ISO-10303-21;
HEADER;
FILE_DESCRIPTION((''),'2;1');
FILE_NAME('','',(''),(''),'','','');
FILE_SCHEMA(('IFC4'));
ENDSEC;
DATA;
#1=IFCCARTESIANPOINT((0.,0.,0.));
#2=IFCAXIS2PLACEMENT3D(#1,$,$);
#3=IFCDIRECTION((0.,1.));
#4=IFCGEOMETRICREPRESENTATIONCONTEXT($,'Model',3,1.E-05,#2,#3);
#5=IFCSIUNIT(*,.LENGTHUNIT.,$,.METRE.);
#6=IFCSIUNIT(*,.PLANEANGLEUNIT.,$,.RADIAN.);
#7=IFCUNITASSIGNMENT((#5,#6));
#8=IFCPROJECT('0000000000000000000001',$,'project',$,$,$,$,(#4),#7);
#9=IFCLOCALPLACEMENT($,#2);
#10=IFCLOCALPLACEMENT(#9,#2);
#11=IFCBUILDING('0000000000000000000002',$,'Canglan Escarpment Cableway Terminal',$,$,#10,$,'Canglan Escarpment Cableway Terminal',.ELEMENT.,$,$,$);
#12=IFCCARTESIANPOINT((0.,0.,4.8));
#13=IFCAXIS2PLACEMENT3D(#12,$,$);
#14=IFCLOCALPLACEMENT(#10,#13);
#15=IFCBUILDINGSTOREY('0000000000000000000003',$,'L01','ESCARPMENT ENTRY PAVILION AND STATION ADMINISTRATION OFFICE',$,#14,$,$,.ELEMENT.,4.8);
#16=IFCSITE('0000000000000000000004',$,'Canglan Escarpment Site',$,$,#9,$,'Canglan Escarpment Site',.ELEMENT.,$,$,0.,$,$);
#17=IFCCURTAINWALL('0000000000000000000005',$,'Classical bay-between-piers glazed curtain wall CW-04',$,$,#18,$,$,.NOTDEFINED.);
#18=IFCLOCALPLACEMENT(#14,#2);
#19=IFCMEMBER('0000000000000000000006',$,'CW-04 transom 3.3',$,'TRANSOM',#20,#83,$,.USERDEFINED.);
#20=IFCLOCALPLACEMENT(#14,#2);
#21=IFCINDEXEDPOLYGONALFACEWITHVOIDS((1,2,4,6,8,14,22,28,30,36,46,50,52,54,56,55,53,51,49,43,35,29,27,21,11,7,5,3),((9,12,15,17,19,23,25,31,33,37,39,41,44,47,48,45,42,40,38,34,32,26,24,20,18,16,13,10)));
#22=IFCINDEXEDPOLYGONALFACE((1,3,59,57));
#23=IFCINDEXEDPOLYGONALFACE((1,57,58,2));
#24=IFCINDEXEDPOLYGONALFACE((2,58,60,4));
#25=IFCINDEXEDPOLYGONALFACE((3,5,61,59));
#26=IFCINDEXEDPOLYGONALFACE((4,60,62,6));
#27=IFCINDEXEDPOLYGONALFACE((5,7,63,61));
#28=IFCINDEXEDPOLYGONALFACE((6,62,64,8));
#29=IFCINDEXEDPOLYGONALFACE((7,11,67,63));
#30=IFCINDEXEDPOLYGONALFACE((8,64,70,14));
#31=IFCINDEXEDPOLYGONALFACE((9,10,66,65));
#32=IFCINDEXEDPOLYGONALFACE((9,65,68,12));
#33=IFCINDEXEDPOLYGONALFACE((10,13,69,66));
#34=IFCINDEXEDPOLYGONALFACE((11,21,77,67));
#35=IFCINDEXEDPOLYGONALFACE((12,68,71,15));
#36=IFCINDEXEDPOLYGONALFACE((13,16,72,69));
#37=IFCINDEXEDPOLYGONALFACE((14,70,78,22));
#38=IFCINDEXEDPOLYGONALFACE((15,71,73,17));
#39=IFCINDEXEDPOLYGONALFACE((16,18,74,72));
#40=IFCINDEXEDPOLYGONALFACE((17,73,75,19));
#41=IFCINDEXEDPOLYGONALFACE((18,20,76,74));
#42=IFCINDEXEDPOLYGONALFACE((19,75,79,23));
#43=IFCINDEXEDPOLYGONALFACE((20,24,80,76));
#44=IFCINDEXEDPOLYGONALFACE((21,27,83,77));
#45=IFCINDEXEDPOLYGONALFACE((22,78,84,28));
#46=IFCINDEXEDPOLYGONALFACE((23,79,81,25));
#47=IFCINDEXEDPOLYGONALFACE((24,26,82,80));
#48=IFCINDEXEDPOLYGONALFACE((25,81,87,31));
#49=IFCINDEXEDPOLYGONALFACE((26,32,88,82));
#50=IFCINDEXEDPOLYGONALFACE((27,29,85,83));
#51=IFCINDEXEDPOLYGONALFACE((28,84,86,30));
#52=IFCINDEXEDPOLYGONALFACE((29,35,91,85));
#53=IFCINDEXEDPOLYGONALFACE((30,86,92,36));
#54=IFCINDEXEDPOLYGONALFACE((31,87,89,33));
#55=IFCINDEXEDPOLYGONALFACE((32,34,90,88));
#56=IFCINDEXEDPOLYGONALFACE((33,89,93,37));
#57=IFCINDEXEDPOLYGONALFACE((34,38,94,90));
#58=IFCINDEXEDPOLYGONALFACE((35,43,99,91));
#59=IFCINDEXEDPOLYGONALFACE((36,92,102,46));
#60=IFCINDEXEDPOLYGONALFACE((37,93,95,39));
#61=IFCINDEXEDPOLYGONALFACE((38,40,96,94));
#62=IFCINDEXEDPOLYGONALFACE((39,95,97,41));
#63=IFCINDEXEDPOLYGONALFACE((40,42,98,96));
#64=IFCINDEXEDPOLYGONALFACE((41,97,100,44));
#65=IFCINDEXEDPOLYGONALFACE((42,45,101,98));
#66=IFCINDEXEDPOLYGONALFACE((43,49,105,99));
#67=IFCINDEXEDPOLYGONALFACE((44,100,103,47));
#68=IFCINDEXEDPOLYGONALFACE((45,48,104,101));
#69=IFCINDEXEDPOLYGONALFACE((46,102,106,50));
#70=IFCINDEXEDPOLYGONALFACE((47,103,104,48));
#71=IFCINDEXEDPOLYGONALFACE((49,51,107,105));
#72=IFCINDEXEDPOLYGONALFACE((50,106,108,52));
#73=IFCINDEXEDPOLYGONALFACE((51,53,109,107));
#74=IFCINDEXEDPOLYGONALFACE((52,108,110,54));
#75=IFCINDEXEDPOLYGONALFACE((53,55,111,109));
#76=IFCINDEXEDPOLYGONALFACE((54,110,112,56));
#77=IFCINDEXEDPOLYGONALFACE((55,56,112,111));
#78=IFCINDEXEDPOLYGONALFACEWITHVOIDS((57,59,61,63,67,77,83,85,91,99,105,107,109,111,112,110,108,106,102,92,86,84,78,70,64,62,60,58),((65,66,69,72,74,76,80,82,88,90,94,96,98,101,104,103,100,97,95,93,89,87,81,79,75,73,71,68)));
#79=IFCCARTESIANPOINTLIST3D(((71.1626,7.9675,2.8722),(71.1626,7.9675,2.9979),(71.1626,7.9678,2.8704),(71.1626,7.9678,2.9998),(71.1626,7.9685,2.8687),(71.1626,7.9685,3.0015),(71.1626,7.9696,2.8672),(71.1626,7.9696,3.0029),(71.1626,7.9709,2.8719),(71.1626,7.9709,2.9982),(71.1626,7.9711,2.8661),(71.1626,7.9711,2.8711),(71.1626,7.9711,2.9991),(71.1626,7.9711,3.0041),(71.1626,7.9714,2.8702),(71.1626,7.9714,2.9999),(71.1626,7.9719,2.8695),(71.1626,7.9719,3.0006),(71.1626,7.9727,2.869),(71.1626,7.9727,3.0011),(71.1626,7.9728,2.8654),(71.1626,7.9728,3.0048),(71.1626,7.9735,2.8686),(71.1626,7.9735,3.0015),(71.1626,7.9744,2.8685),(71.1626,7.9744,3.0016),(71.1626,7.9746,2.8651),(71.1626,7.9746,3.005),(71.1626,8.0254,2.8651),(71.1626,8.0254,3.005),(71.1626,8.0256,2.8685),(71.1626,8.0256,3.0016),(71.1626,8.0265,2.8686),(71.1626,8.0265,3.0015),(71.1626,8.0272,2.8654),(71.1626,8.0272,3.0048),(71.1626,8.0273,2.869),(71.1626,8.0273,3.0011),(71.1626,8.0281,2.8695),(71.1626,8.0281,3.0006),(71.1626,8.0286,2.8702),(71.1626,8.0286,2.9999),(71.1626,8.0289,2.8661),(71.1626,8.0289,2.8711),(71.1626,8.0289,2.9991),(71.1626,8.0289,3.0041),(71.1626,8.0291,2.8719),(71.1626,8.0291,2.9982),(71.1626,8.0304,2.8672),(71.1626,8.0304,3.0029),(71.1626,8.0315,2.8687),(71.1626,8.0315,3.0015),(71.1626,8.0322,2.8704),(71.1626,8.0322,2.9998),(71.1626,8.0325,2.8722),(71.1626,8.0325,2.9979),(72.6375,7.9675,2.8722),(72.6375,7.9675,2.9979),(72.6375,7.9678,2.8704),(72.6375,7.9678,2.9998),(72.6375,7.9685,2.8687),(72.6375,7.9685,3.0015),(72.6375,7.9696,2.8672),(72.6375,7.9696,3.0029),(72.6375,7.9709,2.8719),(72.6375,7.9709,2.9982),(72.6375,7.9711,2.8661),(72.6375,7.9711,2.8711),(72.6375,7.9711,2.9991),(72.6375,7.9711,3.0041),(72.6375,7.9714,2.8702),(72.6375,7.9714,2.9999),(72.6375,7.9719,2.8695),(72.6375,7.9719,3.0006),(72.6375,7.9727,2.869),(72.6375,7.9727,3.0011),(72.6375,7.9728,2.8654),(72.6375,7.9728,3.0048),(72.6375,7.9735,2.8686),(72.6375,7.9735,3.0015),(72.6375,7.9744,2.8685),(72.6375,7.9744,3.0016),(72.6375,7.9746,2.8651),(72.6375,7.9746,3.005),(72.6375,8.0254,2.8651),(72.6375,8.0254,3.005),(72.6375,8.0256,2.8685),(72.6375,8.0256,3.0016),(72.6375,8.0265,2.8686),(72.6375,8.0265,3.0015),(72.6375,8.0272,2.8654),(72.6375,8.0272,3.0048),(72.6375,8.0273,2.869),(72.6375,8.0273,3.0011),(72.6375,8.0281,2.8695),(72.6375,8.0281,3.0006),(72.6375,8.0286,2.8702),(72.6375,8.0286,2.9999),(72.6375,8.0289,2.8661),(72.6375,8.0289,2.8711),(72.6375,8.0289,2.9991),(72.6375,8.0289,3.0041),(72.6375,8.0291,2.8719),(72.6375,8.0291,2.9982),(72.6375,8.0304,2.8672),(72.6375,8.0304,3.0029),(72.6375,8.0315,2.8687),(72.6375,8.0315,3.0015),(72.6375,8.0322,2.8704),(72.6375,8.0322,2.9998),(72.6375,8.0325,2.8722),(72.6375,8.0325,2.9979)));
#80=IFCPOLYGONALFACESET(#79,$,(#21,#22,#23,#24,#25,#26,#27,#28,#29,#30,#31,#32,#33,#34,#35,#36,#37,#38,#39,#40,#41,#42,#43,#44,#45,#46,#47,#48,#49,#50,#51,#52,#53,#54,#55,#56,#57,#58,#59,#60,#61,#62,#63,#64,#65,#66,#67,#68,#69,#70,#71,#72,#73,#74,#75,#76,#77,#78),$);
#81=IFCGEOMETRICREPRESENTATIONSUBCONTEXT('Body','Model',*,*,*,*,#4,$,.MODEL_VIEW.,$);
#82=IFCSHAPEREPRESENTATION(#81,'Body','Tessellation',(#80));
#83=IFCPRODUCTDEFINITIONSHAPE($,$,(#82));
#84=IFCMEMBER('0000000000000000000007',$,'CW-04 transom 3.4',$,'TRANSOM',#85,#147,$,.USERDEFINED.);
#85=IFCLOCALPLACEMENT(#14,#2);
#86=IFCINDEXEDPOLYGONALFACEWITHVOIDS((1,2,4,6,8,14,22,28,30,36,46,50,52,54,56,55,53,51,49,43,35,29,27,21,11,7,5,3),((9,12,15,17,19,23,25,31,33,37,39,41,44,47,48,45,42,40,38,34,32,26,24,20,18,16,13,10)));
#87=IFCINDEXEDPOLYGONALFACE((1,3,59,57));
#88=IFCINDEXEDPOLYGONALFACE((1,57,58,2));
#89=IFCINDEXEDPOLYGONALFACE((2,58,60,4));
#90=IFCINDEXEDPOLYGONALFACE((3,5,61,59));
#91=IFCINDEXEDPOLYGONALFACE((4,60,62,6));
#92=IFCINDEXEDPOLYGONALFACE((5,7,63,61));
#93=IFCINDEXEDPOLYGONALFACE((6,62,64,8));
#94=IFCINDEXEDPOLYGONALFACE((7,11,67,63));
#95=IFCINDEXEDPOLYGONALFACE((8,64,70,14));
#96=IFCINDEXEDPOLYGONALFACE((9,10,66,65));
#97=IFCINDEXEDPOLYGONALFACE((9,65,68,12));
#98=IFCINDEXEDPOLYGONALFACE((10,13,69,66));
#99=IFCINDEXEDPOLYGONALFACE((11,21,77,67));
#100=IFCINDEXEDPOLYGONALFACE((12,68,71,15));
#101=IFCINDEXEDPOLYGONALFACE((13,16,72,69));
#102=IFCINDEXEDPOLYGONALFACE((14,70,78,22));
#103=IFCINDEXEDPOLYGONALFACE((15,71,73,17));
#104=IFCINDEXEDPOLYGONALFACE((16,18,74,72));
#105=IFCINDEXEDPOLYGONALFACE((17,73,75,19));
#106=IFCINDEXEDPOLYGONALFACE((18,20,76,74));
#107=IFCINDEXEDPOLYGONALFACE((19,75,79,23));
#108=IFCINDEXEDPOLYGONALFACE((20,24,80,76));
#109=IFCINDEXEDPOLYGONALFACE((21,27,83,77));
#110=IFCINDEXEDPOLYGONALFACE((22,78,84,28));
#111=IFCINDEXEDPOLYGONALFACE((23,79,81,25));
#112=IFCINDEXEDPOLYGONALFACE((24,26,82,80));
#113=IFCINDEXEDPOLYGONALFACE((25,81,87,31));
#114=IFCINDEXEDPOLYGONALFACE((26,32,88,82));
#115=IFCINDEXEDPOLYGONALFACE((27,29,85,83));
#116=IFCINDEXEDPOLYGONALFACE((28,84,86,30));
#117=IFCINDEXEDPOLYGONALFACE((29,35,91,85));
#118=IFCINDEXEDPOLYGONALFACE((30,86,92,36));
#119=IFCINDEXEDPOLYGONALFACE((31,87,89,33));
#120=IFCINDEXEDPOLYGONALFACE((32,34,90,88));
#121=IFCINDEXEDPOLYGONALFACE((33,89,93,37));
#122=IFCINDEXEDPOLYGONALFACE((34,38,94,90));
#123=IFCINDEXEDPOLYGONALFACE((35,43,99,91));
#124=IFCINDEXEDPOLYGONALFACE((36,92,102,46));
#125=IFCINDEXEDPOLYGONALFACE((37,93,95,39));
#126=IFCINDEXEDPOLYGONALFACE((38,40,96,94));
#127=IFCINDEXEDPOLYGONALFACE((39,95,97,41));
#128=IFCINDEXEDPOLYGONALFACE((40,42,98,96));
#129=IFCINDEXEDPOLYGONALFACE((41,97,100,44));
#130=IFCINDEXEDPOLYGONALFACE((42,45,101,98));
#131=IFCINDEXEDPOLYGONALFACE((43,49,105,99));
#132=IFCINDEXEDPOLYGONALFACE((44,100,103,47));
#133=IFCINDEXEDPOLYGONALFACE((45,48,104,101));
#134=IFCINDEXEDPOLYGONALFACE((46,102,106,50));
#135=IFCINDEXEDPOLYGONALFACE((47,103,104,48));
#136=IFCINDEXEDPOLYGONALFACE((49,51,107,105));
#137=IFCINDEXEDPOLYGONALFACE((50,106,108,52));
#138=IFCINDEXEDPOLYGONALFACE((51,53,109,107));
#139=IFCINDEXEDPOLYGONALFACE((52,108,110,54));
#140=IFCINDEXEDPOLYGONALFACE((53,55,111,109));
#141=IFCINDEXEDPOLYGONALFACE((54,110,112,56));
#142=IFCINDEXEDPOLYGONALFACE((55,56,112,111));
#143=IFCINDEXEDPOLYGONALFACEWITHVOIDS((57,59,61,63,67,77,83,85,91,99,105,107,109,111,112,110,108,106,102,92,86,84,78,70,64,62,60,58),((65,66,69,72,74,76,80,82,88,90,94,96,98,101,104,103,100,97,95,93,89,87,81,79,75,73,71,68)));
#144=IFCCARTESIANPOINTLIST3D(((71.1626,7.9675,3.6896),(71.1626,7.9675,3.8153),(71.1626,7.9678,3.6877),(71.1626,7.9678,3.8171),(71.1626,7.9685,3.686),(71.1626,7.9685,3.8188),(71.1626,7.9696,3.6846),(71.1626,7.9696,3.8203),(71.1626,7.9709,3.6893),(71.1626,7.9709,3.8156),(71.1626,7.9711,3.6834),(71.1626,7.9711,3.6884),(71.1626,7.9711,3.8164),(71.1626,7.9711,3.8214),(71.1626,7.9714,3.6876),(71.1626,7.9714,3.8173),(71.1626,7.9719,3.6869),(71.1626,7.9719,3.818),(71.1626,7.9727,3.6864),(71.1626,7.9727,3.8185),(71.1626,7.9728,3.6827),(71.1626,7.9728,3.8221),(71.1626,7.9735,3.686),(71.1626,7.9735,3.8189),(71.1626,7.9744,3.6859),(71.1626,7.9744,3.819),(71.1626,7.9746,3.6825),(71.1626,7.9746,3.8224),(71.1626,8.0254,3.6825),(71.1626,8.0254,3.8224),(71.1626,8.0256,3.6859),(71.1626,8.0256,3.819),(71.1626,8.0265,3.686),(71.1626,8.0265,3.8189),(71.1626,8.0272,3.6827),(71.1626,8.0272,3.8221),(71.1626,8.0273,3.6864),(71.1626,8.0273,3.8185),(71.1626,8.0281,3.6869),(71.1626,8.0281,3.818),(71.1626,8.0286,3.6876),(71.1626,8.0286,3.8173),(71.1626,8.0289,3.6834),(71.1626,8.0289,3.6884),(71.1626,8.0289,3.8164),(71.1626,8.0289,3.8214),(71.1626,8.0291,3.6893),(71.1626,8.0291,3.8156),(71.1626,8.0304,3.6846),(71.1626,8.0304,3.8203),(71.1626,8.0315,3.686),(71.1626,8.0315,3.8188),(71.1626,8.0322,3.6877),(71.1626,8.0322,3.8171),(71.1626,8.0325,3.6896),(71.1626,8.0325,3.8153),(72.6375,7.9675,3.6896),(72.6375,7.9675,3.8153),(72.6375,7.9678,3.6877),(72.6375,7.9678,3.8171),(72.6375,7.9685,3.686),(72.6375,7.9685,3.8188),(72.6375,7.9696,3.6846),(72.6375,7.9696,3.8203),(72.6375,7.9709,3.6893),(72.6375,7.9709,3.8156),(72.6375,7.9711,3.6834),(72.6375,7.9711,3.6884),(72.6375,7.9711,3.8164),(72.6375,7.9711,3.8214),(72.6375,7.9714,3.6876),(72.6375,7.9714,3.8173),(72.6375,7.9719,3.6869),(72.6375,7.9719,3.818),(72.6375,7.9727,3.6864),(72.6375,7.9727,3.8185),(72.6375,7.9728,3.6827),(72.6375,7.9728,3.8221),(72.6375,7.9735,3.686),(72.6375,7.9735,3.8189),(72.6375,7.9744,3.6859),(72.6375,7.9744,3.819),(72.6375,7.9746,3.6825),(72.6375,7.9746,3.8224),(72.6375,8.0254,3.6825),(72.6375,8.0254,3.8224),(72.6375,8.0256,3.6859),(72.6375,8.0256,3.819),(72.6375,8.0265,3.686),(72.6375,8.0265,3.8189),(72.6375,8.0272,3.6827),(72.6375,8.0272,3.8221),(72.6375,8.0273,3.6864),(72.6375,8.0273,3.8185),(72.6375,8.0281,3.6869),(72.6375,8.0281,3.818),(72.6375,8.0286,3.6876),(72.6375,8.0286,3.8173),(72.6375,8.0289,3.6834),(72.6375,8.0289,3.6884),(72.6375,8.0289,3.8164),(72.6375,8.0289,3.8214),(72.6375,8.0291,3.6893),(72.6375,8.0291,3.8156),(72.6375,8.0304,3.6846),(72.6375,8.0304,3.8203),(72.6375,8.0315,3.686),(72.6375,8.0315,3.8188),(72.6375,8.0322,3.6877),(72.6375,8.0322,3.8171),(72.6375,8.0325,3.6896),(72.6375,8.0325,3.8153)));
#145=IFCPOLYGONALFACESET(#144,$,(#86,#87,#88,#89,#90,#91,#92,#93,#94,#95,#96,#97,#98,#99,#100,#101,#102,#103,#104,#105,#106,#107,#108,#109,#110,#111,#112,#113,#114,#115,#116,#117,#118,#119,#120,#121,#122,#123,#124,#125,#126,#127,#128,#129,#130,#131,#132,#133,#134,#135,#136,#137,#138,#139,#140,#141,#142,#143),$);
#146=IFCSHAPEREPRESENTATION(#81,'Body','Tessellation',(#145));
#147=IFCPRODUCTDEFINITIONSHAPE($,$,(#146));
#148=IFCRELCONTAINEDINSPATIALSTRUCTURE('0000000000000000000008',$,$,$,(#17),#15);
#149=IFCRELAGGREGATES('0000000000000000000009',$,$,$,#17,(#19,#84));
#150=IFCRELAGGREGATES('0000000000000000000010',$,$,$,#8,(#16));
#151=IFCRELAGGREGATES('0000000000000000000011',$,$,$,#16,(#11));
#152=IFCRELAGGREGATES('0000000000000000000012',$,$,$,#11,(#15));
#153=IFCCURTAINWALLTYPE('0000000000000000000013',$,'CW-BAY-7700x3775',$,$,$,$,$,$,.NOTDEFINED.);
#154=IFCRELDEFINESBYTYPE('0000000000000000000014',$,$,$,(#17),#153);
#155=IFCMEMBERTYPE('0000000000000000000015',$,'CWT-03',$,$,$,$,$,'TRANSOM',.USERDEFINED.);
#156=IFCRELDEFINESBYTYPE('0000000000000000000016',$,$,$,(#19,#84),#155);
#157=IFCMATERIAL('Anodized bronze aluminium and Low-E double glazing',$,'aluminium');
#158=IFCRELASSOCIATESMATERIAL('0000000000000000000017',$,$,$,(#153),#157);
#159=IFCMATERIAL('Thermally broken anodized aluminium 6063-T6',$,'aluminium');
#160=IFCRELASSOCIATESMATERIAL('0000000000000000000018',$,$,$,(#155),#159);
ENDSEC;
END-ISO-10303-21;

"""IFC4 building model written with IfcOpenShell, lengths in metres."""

from ifc_helpers import new_model, si_unit, direction, frame, origin, origin_2d, place, context, subcontext, project, spatial, hollow_rectangle, extrude, material, material_profile, profile_set, type_object, element, aggregate, save


model = new_model("IFC4")

# Units and contexts
model_context = context("Model", 3, precision=1e-05, world=origin(), true_north=direction((0.0, 1.0)))
body_context = subcontext(model_context, "Body", "Model", "MODEL_VIEW")
ifc_project = project(units=[si_unit("LENGTHUNIT", "METRE"), si_unit("PLANEANGLEUNIT", "RADIAN")], contexts=[model_context])

# Site, building, storey
site_placement = place(None, origin())
site = spatial("IfcSite", under=ifc_project, at=site_placement, Name="Canglan Escarpment Site", LongName="Canglan Escarpment Site", CompositionType="ELEMENT", RefElevation=0.0)
building_placement = place(site_placement, origin())
building = spatial("IfcBuilding", under=site, at=building_placement, Name="Canglan Escarpment Cableway Terminal", LongName="Canglan Escarpment Cableway Terminal", CompositionType="ELEMENT")
storey_placement = place(building_placement, frame((0.0, 0.0, 4.8)))
storey = spatial("IfcBuildingStorey", under=building, at=storey_placement, Name="L01", Description="ESCARPMENT ENTRY PAVILION AND STATION ADMINISTRATION OFFICE", CompositionType="ELEMENT", Elevation=4.8)

# Curtain wall, members
ifc_material_1 = material(Name="Anodized bronze aluminium and Low-E double glazing", Category="aluminium")
curtain_wall_type = type_object("IfcCurtainWallType", Name="CW-BAY-7700x3775", PredefinedType="NOTDEFINED", material=ifc_material_1)
curtain_wall_placement = place(storey_placement, origin())
curtain_wall = element("IfcCurtainWall", 1, at=curtain_wall_placement, inside=storey, type_object=curtain_wall_type, Name="Classical bay-between-piers glazed curtain wall CW-04", PredefinedType="NOTDEFINED")
ifc_material_2 = material(Name="Thermally broken anodized aluminium 6063-T6", Category="aluminium")
ifc_material_profile_1 = material_profile(ifc_material_2, hollow_rectangle(XDim=0.0649, YDim=0.1399, WallThickness=0.0034, InnerFilletRadius=0.0034, OuterFilletRadius=0.0071, at=origin_2d()), Name="ALU-TRAN 65x140x3.5")
ifc_profile_set_1 = profile_set([ifc_material_profile_1], Name="Thermally broken anodized aluminium 6063-T6")
member_type_1 = type_object("IfcMemberType", Name="CWT-03", ElementType="TRANSOM", PredefinedType="USERDEFINED", material=ifc_profile_set_1)
member_1_placement = place(storey_placement, frame((71.1626, 8.0, 2.9351), z_axis=(1.0, 0.0, 0.0), x_axis=(0.0, 1.0, 0.0)))
member_1 = element("IfcMember", 2, at=member_1_placement, type_object=member_type_1, Name="CW-04 transom 3.3", ObjectType="TRANSOM", PredefinedType="USERDEFINED", context=body_context, shape_type="SweptSolid", body=[
    extrude(hollow_rectangle(XDim=0.0649, YDim=0.1399, WallThickness=0.0034, InnerFilletRadius=0.0034, OuterFilletRadius=0.0071, at=origin_2d()), origin(), (0.0, 0.0, 1.0), 1.4749),
])
member_2_placement = place(storey_placement, frame((71.1626, 8.0, 3.7524), z_axis=(1.0, 0.0, 0.0), x_axis=(0.0, 1.0, 0.0)))
member_2 = element("IfcMember", 3, at=member_2_placement, type_object=member_type_1, Name="CW-04 transom 3.4", ObjectType="TRANSOM", PredefinedType="USERDEFINED", context=body_context, shape_type="SweptSolid", body=[
    extrude(hollow_rectangle(XDim=0.0649, YDim=0.1399, WallThickness=0.0034, InnerFilletRadius=0.0034, OuterFilletRadius=0.0071, at=origin_2d()), origin(), (0.0, 0.0, 1.0), 1.4749),
])

aggregate(curtain_wall, [member_1, member_2])

save(model, "model.ifc")
